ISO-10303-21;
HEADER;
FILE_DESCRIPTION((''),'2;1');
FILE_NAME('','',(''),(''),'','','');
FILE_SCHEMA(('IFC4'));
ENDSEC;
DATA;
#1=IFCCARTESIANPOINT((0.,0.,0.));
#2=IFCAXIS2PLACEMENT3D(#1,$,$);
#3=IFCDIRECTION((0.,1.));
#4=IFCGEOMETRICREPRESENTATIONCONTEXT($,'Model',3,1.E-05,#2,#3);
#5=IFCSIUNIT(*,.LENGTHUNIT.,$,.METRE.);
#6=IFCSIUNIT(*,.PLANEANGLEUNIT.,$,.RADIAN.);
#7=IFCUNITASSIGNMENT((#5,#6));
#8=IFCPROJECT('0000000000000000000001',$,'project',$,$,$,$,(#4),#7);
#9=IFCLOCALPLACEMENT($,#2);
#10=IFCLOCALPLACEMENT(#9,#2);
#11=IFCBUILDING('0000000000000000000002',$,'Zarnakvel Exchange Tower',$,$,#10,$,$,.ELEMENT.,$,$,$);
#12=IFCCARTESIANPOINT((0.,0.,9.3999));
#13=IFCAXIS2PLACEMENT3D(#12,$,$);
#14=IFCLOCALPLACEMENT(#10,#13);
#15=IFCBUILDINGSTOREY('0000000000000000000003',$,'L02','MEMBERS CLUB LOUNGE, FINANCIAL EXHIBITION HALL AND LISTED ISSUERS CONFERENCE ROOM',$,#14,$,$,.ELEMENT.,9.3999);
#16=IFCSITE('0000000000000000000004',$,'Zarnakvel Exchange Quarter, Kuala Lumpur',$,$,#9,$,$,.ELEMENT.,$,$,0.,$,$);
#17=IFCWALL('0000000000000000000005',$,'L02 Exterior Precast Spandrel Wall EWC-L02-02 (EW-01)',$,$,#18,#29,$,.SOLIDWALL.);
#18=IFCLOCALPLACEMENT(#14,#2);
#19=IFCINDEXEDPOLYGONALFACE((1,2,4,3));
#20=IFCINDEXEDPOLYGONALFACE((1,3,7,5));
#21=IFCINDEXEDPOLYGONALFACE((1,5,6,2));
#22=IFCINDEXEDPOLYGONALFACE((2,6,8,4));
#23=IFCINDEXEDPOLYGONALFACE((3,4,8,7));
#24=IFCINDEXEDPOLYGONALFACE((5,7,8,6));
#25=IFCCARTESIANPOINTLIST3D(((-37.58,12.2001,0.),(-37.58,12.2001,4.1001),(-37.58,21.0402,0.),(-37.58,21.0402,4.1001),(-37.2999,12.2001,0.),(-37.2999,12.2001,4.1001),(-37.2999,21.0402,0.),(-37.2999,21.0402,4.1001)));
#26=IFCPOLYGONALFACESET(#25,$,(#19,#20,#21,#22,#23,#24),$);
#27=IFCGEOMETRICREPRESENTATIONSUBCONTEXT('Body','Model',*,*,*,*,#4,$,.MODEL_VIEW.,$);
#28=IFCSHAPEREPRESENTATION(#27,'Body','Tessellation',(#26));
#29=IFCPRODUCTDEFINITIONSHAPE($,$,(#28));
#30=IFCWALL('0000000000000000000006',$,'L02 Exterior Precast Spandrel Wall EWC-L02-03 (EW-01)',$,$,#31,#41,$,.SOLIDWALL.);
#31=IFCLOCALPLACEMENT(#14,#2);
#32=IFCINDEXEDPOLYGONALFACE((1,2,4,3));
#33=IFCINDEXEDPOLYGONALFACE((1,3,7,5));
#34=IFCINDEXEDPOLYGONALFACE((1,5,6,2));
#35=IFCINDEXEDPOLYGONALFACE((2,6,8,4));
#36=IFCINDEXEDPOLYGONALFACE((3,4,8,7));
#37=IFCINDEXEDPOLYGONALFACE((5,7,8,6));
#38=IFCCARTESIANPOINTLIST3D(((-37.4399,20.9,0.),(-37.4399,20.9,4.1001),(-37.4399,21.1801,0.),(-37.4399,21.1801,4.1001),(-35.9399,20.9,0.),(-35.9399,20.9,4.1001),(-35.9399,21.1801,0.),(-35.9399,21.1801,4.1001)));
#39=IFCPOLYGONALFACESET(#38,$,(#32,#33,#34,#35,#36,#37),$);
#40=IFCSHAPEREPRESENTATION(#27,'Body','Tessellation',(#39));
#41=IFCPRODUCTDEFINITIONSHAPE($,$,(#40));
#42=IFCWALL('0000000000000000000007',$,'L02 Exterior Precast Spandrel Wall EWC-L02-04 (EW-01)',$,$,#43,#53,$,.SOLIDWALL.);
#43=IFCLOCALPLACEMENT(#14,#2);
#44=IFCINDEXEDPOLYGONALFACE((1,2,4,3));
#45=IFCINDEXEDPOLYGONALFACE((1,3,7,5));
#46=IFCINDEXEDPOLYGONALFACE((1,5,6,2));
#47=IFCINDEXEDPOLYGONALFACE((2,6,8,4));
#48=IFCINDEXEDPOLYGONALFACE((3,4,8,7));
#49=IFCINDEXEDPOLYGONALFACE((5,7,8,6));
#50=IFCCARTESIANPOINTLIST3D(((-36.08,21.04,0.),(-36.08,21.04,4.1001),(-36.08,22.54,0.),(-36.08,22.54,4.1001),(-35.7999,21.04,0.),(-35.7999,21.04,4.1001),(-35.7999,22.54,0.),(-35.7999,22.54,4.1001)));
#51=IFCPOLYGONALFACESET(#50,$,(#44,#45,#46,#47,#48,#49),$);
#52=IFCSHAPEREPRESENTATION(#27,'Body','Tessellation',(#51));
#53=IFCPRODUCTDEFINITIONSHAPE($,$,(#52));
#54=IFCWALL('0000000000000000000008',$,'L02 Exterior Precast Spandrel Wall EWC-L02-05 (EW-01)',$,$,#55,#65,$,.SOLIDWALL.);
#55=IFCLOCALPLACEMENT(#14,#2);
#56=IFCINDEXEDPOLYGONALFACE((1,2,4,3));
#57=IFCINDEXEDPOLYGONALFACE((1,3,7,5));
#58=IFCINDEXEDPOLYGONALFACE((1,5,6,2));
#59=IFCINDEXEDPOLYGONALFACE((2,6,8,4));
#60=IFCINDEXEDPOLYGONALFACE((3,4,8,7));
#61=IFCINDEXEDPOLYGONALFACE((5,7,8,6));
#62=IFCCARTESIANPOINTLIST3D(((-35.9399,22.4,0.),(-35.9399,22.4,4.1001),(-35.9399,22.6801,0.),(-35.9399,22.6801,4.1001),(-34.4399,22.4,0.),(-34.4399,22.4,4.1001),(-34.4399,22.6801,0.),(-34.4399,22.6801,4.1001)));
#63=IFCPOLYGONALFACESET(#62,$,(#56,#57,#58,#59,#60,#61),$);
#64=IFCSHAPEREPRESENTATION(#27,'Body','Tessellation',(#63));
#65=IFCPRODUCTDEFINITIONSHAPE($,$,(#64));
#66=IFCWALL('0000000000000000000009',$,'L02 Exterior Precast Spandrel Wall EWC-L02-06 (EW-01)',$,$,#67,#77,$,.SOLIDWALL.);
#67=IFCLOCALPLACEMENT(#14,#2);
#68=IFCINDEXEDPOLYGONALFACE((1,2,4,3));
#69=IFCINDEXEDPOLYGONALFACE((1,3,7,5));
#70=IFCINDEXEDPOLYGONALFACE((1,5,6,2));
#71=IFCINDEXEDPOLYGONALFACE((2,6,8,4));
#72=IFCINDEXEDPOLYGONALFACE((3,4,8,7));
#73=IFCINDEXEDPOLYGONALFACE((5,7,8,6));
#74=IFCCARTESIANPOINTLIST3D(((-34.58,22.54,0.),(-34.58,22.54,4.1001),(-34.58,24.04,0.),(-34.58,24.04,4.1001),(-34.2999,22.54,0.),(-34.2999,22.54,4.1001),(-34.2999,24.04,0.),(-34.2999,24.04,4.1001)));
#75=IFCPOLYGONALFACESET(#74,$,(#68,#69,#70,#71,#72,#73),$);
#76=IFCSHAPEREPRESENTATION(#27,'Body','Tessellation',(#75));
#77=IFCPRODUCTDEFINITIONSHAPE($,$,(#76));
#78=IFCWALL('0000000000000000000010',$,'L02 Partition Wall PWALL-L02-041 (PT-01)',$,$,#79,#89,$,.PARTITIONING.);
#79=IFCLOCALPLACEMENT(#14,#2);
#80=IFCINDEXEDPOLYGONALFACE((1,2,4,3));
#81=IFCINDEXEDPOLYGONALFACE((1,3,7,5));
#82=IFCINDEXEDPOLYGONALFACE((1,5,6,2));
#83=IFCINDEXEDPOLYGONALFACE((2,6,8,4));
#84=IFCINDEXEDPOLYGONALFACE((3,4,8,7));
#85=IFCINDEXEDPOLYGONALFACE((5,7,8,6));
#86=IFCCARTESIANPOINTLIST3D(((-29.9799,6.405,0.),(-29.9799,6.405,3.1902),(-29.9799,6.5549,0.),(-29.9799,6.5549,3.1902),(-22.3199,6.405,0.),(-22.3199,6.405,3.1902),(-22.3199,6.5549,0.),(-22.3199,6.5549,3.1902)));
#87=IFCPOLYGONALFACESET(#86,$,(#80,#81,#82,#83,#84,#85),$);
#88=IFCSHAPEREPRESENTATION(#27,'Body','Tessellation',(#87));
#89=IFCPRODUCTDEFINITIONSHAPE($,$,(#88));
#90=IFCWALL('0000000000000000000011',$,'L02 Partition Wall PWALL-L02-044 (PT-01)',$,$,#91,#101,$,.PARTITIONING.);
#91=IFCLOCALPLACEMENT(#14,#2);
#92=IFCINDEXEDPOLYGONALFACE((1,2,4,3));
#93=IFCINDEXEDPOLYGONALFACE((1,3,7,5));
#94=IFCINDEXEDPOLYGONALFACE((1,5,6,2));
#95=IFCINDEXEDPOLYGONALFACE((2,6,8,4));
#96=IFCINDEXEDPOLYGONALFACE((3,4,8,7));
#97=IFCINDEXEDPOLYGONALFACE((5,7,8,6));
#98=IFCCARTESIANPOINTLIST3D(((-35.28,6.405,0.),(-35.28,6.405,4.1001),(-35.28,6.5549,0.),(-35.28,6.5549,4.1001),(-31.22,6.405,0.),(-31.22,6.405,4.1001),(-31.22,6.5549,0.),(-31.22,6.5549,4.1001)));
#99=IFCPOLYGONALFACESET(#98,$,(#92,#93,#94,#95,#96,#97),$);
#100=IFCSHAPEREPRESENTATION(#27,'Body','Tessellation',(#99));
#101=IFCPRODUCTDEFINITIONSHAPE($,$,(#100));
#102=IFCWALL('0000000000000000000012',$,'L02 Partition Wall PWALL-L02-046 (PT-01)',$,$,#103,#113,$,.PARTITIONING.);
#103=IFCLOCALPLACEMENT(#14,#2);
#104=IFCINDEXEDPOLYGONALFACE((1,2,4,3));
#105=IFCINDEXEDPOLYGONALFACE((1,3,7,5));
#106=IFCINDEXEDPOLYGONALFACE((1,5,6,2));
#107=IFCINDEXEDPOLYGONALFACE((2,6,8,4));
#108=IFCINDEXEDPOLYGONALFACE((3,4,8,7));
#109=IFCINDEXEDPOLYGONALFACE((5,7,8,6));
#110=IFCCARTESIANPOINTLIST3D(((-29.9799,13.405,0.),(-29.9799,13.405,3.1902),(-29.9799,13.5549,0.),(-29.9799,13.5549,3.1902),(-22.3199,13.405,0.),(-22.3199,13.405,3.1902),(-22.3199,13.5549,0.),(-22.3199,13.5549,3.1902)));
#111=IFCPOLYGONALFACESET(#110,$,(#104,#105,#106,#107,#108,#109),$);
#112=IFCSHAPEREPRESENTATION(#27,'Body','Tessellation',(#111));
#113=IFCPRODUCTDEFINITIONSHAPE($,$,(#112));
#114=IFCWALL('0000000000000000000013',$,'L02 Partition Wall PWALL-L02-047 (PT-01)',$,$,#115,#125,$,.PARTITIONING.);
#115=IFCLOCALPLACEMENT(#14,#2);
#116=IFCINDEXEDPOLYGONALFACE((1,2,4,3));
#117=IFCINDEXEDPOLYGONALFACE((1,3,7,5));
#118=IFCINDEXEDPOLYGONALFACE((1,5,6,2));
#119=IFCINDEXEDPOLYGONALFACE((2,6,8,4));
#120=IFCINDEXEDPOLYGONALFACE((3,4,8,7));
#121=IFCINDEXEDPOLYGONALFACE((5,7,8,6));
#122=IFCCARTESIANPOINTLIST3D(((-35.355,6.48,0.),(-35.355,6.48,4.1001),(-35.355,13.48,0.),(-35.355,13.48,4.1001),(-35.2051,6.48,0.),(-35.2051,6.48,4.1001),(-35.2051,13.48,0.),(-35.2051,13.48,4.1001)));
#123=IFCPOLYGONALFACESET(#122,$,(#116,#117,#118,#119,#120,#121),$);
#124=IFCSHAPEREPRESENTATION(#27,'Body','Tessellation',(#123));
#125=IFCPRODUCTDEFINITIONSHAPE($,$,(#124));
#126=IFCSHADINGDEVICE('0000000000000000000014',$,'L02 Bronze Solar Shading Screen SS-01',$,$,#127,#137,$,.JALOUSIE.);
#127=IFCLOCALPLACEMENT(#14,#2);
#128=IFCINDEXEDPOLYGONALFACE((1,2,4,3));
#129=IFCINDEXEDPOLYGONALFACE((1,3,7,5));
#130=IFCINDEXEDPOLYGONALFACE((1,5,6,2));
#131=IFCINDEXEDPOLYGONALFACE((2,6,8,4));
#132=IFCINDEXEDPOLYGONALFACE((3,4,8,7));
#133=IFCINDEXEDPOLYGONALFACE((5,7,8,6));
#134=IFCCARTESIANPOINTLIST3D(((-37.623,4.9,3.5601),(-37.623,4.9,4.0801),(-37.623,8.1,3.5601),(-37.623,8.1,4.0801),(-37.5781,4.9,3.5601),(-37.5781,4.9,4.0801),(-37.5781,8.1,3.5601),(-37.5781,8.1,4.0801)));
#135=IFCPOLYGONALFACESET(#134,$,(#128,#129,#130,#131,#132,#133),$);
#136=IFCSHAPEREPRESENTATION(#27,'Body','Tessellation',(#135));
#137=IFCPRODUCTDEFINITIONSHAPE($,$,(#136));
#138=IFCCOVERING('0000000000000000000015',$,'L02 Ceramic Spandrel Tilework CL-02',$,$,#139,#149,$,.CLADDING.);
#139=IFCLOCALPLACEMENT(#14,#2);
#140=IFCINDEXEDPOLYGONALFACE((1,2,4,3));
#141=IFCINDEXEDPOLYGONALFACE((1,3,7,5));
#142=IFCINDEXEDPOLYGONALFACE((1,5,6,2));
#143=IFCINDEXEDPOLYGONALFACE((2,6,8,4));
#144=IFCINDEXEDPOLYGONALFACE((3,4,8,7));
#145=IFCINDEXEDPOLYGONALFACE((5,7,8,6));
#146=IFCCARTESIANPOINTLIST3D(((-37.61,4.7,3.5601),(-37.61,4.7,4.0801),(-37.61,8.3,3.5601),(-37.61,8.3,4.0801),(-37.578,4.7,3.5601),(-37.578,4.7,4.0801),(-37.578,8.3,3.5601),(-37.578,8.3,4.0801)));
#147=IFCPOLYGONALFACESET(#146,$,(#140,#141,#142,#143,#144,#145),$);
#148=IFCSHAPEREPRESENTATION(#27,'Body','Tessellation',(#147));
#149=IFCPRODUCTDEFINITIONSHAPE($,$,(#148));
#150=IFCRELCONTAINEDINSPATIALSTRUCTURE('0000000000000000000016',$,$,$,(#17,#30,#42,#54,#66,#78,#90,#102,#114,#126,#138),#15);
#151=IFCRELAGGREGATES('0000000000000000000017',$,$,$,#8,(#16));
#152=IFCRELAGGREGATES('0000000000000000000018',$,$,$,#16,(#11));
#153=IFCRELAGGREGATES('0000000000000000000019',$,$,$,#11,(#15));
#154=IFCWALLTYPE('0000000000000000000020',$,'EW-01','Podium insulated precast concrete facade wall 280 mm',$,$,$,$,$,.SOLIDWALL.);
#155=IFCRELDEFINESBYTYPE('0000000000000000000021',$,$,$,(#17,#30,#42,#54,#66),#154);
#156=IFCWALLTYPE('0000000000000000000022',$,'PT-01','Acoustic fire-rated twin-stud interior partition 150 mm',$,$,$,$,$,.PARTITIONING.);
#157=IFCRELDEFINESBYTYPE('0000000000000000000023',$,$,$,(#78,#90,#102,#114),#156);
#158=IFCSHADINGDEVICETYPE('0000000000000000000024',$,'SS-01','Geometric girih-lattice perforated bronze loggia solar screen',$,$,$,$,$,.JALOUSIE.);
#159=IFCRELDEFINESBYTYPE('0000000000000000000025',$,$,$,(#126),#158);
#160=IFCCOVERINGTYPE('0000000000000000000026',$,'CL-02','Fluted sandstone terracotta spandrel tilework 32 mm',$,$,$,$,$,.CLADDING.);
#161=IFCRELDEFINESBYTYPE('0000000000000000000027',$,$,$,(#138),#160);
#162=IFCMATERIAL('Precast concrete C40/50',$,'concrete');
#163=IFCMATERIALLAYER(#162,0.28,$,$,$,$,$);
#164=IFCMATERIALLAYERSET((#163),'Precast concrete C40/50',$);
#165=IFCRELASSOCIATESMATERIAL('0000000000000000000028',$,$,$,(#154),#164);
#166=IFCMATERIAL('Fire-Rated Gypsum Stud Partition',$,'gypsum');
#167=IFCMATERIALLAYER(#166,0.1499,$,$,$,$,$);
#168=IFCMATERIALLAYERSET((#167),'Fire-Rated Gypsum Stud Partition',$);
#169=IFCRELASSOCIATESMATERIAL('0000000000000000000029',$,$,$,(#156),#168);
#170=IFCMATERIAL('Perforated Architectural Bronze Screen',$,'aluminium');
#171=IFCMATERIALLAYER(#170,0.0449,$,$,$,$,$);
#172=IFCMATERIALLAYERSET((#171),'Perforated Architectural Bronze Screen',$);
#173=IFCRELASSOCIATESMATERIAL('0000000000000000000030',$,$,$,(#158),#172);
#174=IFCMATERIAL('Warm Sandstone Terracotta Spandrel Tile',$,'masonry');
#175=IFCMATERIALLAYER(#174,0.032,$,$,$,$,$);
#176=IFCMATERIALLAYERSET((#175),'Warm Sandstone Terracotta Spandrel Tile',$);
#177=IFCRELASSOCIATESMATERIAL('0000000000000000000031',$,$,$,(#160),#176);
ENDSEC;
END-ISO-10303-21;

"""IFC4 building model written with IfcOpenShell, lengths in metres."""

from ifc_helpers import new_model, si_unit, direction, frame, frame_2d, origin, origin_2d, place, context, subcontext, project, spatial, rectangle, extrude, source, transform, mapped, material, layer, layer_set, type_object, element, save


model = new_model("IFC4")

# Units and contexts
model_context = context("Model", 3, precision=1e-05, world=origin(), true_north=direction((0.0, 1.0)))
body_context = subcontext(model_context, "Body", "Model", "MODEL_VIEW")
ifc_project = project(units=[si_unit("LENGTHUNIT", "METRE"), si_unit("PLANEANGLEUNIT", "RADIAN")], contexts=[model_context])

# Site, building, storey
site_placement = place(None, origin())
site = spatial("IfcSite", under=ifc_project, at=site_placement, Name="Zarnakvel Exchange Quarter, Kuala Lumpur", CompositionType="ELEMENT", RefElevation=0.0)
building_placement = place(site_placement, origin())
building = spatial("IfcBuilding", under=site, at=building_placement, Name="Zarnakvel Exchange Tower", CompositionType="ELEMENT")
storey_placement = place(building_placement, frame((0.0, 0.0, 9.3999)))
storey = spatial("IfcBuildingStorey", under=building, at=storey_placement, Name="L02", Description="MEMBERS CLUB LOUNGE, FINANCIAL EXHIBITION HALL AND LISTED ISSUERS CONFERENCE ROOM", CompositionType="ELEMENT", Elevation=9.3999)

# Walls
ifc_material_1 = material(Name="Precast concrete C40/50", Category="concrete")
ifc_layer_1 = layer(ifc_material_1, 0.28)
ifc_layer_set_1 = layer_set([ifc_layer_1], Name="Precast concrete C40/50")
wall_type_1 = type_object("IfcWallType", Name="EW-01", Description="Podium insulated precast concrete facade wall 280 mm", PredefinedType="SOLIDWALL", material=ifc_layer_set_1)
wall_1_placement = place(storey_placement, frame((-37.4399, 21.04, 0.0), z_axis=(0.0, 0.0, 1.0), x_axis=(0.0, -1.0, 0.0)))
element("IfcWall", 1, at=wall_1_placement, inside=storey, type_object=wall_type_1, Name="L02 Exterior Precast Spandrel Wall EWC-L02-02 (EW-01)", PredefinedType="SOLIDWALL", context=body_context, shape_type="SweptSolid", body=[
    extrude(rectangle(XDim=8.8401, YDim=0.28, at=frame_2d((4.4199, 0.0))), origin(), (0.0, 0.0, 1.0), 4.1001),
])
for number, where, z_axis, x_axis, name in (
    (2, (-35.9399, 21.04, 0.0), (0.0, 0.0, 1.0), (-1.0, 0.0, 0.0), "L02 Exterior Precast Spandrel Wall EWC-L02-03 (EW-01)"),
    (3, (-35.9399, 22.54, 0.0), (0.0, 0.0, 1.0), (0.0, -1.0, 0.0), "L02 Exterior Precast Spandrel Wall EWC-L02-04 (EW-01)"),
    (4, (-34.4399, 22.54, 0.0), (0.0, 0.0, 1.0), (-1.0, 0.0, 0.0), "L02 Exterior Precast Spandrel Wall EWC-L02-05 (EW-01)"),
    (5, (-34.4399, 24.04, 0.0), (0.0, 0.0, 1.0), (0.0, -1.0, 0.0), "L02 Exterior Precast Spandrel Wall EWC-L02-06 (EW-01)"),
):
    element("IfcWall", number, at=place(storey_placement, frame(where, z_axis=z_axis, x_axis=x_axis)), inside=storey, type_object=wall_type_1, Name=name, PredefinedType="SOLIDWALL", context=body_context, shape_type="SweptSolid", body=[
        extrude(rectangle(XDim=1.5, YDim=0.28, at=frame_2d((0.75, 0.0))), origin(), (0.0, 0.0, 1.0), 4.1001),
    ])
ifc_material_2 = material(Name="Fire-Rated Gypsum Stud Partition", Category="gypsum")
ifc_layer_2 = layer(ifc_material_2, 0.1499)
ifc_layer_set_2 = layer_set([ifc_layer_2], Name="Fire-Rated Gypsum Stud Partition")
wall_type_2 = type_object("IfcWallType", Name="PT-01", Description="Acoustic fire-rated twin-stud interior partition 150 mm", PredefinedType="PARTITIONING", material=ifc_layer_set_2)
wall_2_placement = place(storey_placement, frame((-29.98, 6.48, 0.0), z_axis=(0.0, 0.0, 1.0), x_axis=(1.0, 0.0, 0.0)))
element("IfcWall", 6, at=wall_2_placement, inside=storey, type_object=wall_type_2, Name="L02 Partition Wall PWALL-L02-041 (PT-01)", PredefinedType="PARTITIONING", context=body_context, shape_type="SweptSolid", body=[
    extrude(rectangle(XDim=7.6599, YDim=0.1499, at=frame_2d((3.8301, 0.0))), origin(), (0.0, 0.0, 1.0), 3.1902),
])
wall_3_placement = place(storey_placement, frame((-31.22, 6.48, 0.0), z_axis=(0.0, 0.0, 1.0), x_axis=(-1.0, 0.0, 0.0)))
element("IfcWall", 7, at=wall_3_placement, inside=storey, type_object=wall_type_2, Name="L02 Partition Wall PWALL-L02-044 (PT-01)", PredefinedType="PARTITIONING", context=body_context, shape_type="SweptSolid", body=[
    extrude(rectangle(XDim=4.0601, YDim=0.1499, at=frame_2d((2.03, 0.0))), origin(), (0.0, 0.0, 1.0), 4.1001),
])
wall_4_placement = place(storey_placement, frame((-29.98, 13.48, 0.0), z_axis=(0.0, 0.0, 1.0), x_axis=(1.0, 0.0, 0.0)))
element("IfcWall", 8, at=wall_4_placement, inside=storey, type_object=wall_type_2, Name="L02 Partition Wall PWALL-L02-046 (PT-01)", PredefinedType="PARTITIONING", context=body_context, shape_type="SweptSolid", body=[
    extrude(rectangle(XDim=7.6599, YDim=0.1499, at=frame_2d((3.8301, 0.0))), origin(), (0.0, 0.0, 1.0), 3.1902),
])
wall_5_placement = place(storey_placement, frame((-35.28, 6.48, 0.0), z_axis=(0.0, 0.0, 1.0), x_axis=(0.0, 1.0, 0.0)))
element("IfcWall", 9, at=wall_5_placement, inside=storey, type_object=wall_type_2, Name="L02 Partition Wall PWALL-L02-047 (PT-01)", PredefinedType="PARTITIONING", context=body_context, shape_type="SweptSolid", body=[
    extrude(rectangle(XDim=7.0, YDim=0.1499, at=frame_2d((3.5, 0.0))), origin(), (0.0, 0.0, 1.0), 4.1001),
])

# Shading device
ifc_material_3 = material(Name="Perforated Architectural Bronze Screen", Category="aluminium")
ifc_layer_3 = layer(ifc_material_3, 0.0449)
ifc_layer_set_3 = layer_set([ifc_layer_3], Name="Perforated Architectural Bronze Screen")
shading_device_type = type_object("IfcShadingDeviceType", Name="SS-01", Description="Geometric girih-lattice perforated bronze loggia solar screen", PredefinedType="JALOUSIE", material=ifc_layer_set_3)
shared_shape_1 = source(origin(), body_context, "Body", "SweptSolid", [
    extrude(rectangle(XDim=3.2, YDim=0.0449, at=origin_2d()), origin(), (0.0, 0.0, 1.0), 0.52),
])
shading_device_placement = place(storey_placement, frame((-37.6006, 6.5, 3.5601), z_axis=(0.0, 0.0, 1.0), x_axis=(0.0, 1.0, 0.0)))
element("IfcShadingDevice", 10, at=shading_device_placement, inside=storey, type_object=shading_device_type, Name="L02 Bronze Solar Shading Screen SS-01", PredefinedType="JALOUSIE", context=body_context, shape_type="MappedRepresentation", body=[
    mapped(shared_shape_1, transform((0.0, 0.0, 0.0), x_axis=(1.0, 0.0, 0.0), y_axis=(0.0, 1.0, 0.0), z_axis=(0.0, 0.0, 1.0), scale=1.0)),
])

# Covering
ifc_material_4 = material(Name="Warm Sandstone Terracotta Spandrel Tile", Category="masonry")
ifc_layer_4 = layer(ifc_material_4, 0.032)
ifc_layer_set_4 = layer_set([ifc_layer_4], Name="Warm Sandstone Terracotta Spandrel Tile")
covering_type = type_object("IfcCoveringType", Name="CL-02", Description="Fluted sandstone terracotta spandrel tilework 32 mm", PredefinedType="CLADDING", material=ifc_layer_set_4)
shared_shape_2 = source(origin(), body_context, "Body", "SweptSolid", [
    extrude(rectangle(XDim=3.6001, YDim=0.032, at=origin_2d()), origin(), (0.0, 0.0, 1.0), 0.52),
])
covering_placement = place(storey_placement, frame((-37.594, 6.5, 3.5601), z_axis=(0.0, 0.0, 1.0), x_axis=(0.0, 1.0, 0.0)))
element("IfcCovering", 11, at=covering_placement, inside=storey, type_object=covering_type, Name="L02 Ceramic Spandrel Tilework CL-02", PredefinedType="CLADDING", context=body_context, shape_type="MappedRepresentation", body=[
    mapped(shared_shape_2, transform((0.0, 0.0, 0.0), x_axis=(1.0, 0.0, 0.0), y_axis=(0.0, 1.0, 0.0), z_axis=(0.0, 0.0, 1.0), scale=1.0)),
])

save(model, "model.ifc")
